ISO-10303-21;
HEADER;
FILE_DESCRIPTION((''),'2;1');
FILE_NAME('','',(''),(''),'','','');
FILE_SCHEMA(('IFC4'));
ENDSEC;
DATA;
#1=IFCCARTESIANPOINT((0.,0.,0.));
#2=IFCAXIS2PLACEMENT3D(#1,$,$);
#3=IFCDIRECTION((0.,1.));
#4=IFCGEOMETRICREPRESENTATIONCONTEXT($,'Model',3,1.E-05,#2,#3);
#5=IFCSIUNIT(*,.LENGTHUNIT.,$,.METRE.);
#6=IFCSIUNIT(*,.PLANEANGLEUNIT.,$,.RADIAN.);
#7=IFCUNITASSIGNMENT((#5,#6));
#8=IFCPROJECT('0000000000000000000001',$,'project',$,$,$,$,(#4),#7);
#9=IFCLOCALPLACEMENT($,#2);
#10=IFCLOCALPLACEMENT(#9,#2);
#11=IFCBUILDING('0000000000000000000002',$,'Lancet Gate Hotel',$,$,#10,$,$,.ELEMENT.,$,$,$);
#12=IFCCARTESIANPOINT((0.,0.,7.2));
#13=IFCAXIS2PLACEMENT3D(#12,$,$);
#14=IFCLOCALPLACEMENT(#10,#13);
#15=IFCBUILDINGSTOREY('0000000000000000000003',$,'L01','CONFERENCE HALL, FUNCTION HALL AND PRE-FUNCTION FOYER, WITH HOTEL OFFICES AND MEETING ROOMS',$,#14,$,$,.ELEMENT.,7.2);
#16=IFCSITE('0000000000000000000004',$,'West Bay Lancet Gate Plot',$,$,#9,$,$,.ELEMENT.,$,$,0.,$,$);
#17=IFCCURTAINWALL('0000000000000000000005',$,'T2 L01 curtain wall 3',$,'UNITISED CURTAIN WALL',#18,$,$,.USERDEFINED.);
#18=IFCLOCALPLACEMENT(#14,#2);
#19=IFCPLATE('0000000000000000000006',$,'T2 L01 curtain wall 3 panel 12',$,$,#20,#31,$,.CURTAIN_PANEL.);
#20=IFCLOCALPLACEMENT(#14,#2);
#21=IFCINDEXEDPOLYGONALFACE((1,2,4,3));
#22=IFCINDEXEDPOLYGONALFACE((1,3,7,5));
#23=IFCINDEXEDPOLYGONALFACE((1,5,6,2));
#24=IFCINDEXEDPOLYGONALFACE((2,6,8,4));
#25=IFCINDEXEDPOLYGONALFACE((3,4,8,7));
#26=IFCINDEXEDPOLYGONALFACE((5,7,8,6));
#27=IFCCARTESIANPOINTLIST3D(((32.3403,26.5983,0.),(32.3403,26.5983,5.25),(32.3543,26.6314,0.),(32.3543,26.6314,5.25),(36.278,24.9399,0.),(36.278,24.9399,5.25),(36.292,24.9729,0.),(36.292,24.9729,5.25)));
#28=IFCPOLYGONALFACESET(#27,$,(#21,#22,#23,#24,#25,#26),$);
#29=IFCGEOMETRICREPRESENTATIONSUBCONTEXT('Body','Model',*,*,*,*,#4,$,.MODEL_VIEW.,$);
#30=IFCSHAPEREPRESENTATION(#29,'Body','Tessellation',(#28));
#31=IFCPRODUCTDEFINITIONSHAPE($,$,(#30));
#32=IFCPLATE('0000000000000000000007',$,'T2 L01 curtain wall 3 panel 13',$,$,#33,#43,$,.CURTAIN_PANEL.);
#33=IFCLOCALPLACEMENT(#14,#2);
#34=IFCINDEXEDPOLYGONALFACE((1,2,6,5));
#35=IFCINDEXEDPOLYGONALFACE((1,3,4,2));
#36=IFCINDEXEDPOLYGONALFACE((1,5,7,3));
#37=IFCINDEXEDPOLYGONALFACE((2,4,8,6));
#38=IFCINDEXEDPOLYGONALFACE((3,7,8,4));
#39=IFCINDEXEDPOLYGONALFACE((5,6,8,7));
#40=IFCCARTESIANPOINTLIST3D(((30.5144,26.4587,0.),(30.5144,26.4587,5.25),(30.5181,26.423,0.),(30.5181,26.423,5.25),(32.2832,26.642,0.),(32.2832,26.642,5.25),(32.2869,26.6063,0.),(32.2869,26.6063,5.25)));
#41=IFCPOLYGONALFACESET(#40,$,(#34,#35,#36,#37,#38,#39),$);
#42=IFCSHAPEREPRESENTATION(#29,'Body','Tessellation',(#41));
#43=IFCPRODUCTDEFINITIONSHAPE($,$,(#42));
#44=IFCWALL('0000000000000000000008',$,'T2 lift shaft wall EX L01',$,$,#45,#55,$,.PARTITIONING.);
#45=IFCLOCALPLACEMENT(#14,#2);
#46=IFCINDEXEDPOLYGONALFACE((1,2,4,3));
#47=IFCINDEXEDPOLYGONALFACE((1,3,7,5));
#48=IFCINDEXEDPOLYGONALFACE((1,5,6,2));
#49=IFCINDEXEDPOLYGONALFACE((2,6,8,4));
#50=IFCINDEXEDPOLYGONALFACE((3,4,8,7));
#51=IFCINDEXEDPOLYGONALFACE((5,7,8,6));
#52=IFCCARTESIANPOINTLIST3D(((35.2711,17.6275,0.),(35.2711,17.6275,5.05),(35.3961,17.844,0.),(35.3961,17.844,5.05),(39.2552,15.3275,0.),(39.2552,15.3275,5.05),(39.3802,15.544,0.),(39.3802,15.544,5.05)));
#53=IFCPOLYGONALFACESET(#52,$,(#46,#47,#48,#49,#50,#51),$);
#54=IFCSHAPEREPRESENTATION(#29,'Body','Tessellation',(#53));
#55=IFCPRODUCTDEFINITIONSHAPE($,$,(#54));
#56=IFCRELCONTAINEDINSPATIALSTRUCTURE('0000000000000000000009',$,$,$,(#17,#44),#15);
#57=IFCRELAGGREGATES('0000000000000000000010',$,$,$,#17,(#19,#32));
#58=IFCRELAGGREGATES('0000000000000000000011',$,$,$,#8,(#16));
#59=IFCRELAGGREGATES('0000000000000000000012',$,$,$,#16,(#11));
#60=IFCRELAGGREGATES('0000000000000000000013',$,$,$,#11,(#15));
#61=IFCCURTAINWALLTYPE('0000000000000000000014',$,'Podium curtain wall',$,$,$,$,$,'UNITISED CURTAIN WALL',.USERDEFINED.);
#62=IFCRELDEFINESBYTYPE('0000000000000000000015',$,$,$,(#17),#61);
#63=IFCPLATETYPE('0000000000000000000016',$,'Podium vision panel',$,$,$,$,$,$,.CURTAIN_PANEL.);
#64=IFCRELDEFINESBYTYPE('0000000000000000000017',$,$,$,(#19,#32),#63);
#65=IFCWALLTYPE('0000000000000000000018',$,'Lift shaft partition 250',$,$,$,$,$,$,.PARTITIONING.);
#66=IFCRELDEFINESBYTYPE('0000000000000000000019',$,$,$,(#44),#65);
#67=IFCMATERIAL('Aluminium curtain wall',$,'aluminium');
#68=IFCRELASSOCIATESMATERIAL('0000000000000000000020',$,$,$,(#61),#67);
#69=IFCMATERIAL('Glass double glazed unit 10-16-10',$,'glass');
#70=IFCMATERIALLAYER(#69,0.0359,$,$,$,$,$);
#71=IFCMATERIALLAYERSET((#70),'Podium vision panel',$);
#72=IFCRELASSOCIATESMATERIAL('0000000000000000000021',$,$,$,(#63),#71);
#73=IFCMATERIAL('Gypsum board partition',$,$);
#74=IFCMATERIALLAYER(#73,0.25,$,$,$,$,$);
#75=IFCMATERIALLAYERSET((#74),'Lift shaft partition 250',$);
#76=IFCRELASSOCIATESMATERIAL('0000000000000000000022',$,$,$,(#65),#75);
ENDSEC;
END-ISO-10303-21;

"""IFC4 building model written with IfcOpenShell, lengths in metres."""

from ifc_helpers import new_model, si_unit, direction, frame, frame_2d, origin, origin_2d, place, context, subcontext, project, spatial, rectangle, extrude, material, layer, layer_set, type_object, element, aggregate, save


model = new_model("IFC4")

# Units and contexts
model_context = context("Model", 3, precision=1e-05, world=origin(), true_north=direction((0.0, 1.0)))
body_context = subcontext(model_context, "Body", "Model", "MODEL_VIEW")
ifc_project = project(units=[si_unit("LENGTHUNIT", "METRE"), si_unit("PLANEANGLEUNIT", "RADIAN")], contexts=[model_context])

# Site, building, storey
site_placement = place(None, origin())
site = spatial("IfcSite", under=ifc_project, at=site_placement, Name="West Bay Lancet Gate Plot", CompositionType="ELEMENT", RefElevation=0.0)
building_placement = place(site_placement, origin())
building = spatial("IfcBuilding", under=site, at=building_placement, Name="Lancet Gate Hotel", CompositionType="ELEMENT")
storey_placement = place(building_placement, frame((0.0, 0.0, 7.2)))
storey = spatial("IfcBuildingStorey", under=building, at=storey_placement, Name="L01", Description="CONFERENCE HALL, FUNCTION HALL AND PRE-FUNCTION FOYER, WITH HOTEL OFFICES AND MEETING ROOMS", CompositionType="ELEMENT", Elevation=7.2)

# Curtain wall
ifc_material_1 = material(Name="Aluminium curtain wall", Category="aluminium")
curtain_wall_type = type_object("IfcCurtainWallType", Name="Podium curtain wall", ElementType="UNITISED CURTAIN WALL", PredefinedType="USERDEFINED", material=ifc_material_1)
curtain_wall_placement = place(storey_placement, origin())
curtain_wall = element("IfcCurtainWall", 1, at=curtain_wall_placement, inside=storey, type_object=curtain_wall_type, Name="T2 L01 curtain wall 3", ObjectType="UNITISED CURTAIN WALL", PredefinedType="USERDEFINED")

# Plates
ifc_material_2 = material(Name="Glass double glazed unit 10-16-10", Category="glass")
ifc_layer_1 = layer(ifc_material_2, 0.0359)
ifc_layer_set_1 = layer_set([ifc_layer_1], Name="Podium vision panel")
plate_type = type_object("IfcPlateType", Name="Podium vision panel", PredefinedType="CURTAIN_PANEL", material=ifc_layer_set_1)
plate_1_placement = place(storey_placement, frame((34.3162, 25.7856, 0.0), z_axis=(0.0, 0.0, 1.0), x_axis=(-0.921593, 0.388157, 0.0)))
plate_1 = element("IfcPlate", 2, at=plate_1_placement, type_object=plate_type, Name="T2 L01 curtain wall 3 panel 12", PredefinedType="CURTAIN_PANEL", context=body_context, shape_type="SweptSolid", body=[
    extrude(rectangle(XDim=4.2727, YDim=0.0359, at=origin_2d()), origin(), (0.0, 0.0, 1.0), 5.25),
])
plate_2_placement = place(storey_placement, frame((31.4006, 26.5325, 0.0), z_axis=(0.0, 0.0, 1.0), x_axis=(-0.994672, -0.103088, 0.0)))
plate_2 = element("IfcPlate", 3, at=plate_2_placement, type_object=plate_type, Name="T2 L01 curtain wall 3 panel 13", PredefinedType="CURTAIN_PANEL", context=body_context, shape_type="SweptSolid", body=[
    extrude(rectangle(XDim=1.7783, YDim=0.0359, at=origin_2d()), origin(), (0.0, 0.0, 1.0), 5.25),
])
aggregate(curtain_wall, [plate_1, plate_2])

# Wall
ifc_material_3 = material(Name="Gypsum board partition")
ifc_layer_2 = layer(ifc_material_3, 0.25)
ifc_layer_set_2 = layer_set([ifc_layer_2], Name="Lift shaft partition 250")
wall_type = type_object("IfcWallType", Name="Lift shaft partition 250", PredefinedType="PARTITIONING", material=ifc_layer_set_2)
wall_placement = place(storey_placement, frame((35.3335, 17.7358, 0.0), z_axis=(0.0, 0.0, 1.0), x_axis=(0.866043, -0.499969, 0.0)))
element("IfcWall", 4, at=wall_placement, inside=storey, type_object=wall_type, Name="T2 lift shaft wall EX L01", PredefinedType="PARTITIONING", context=body_context, shape_type="SweptSolid", body=[
    extrude(rectangle(XDim=4.6003, YDim=0.25, at=frame_2d((2.3003, 0.0))), origin(), (0.0, 0.0, 1.0), 5.05),
])

save(model, "model.ifc")
